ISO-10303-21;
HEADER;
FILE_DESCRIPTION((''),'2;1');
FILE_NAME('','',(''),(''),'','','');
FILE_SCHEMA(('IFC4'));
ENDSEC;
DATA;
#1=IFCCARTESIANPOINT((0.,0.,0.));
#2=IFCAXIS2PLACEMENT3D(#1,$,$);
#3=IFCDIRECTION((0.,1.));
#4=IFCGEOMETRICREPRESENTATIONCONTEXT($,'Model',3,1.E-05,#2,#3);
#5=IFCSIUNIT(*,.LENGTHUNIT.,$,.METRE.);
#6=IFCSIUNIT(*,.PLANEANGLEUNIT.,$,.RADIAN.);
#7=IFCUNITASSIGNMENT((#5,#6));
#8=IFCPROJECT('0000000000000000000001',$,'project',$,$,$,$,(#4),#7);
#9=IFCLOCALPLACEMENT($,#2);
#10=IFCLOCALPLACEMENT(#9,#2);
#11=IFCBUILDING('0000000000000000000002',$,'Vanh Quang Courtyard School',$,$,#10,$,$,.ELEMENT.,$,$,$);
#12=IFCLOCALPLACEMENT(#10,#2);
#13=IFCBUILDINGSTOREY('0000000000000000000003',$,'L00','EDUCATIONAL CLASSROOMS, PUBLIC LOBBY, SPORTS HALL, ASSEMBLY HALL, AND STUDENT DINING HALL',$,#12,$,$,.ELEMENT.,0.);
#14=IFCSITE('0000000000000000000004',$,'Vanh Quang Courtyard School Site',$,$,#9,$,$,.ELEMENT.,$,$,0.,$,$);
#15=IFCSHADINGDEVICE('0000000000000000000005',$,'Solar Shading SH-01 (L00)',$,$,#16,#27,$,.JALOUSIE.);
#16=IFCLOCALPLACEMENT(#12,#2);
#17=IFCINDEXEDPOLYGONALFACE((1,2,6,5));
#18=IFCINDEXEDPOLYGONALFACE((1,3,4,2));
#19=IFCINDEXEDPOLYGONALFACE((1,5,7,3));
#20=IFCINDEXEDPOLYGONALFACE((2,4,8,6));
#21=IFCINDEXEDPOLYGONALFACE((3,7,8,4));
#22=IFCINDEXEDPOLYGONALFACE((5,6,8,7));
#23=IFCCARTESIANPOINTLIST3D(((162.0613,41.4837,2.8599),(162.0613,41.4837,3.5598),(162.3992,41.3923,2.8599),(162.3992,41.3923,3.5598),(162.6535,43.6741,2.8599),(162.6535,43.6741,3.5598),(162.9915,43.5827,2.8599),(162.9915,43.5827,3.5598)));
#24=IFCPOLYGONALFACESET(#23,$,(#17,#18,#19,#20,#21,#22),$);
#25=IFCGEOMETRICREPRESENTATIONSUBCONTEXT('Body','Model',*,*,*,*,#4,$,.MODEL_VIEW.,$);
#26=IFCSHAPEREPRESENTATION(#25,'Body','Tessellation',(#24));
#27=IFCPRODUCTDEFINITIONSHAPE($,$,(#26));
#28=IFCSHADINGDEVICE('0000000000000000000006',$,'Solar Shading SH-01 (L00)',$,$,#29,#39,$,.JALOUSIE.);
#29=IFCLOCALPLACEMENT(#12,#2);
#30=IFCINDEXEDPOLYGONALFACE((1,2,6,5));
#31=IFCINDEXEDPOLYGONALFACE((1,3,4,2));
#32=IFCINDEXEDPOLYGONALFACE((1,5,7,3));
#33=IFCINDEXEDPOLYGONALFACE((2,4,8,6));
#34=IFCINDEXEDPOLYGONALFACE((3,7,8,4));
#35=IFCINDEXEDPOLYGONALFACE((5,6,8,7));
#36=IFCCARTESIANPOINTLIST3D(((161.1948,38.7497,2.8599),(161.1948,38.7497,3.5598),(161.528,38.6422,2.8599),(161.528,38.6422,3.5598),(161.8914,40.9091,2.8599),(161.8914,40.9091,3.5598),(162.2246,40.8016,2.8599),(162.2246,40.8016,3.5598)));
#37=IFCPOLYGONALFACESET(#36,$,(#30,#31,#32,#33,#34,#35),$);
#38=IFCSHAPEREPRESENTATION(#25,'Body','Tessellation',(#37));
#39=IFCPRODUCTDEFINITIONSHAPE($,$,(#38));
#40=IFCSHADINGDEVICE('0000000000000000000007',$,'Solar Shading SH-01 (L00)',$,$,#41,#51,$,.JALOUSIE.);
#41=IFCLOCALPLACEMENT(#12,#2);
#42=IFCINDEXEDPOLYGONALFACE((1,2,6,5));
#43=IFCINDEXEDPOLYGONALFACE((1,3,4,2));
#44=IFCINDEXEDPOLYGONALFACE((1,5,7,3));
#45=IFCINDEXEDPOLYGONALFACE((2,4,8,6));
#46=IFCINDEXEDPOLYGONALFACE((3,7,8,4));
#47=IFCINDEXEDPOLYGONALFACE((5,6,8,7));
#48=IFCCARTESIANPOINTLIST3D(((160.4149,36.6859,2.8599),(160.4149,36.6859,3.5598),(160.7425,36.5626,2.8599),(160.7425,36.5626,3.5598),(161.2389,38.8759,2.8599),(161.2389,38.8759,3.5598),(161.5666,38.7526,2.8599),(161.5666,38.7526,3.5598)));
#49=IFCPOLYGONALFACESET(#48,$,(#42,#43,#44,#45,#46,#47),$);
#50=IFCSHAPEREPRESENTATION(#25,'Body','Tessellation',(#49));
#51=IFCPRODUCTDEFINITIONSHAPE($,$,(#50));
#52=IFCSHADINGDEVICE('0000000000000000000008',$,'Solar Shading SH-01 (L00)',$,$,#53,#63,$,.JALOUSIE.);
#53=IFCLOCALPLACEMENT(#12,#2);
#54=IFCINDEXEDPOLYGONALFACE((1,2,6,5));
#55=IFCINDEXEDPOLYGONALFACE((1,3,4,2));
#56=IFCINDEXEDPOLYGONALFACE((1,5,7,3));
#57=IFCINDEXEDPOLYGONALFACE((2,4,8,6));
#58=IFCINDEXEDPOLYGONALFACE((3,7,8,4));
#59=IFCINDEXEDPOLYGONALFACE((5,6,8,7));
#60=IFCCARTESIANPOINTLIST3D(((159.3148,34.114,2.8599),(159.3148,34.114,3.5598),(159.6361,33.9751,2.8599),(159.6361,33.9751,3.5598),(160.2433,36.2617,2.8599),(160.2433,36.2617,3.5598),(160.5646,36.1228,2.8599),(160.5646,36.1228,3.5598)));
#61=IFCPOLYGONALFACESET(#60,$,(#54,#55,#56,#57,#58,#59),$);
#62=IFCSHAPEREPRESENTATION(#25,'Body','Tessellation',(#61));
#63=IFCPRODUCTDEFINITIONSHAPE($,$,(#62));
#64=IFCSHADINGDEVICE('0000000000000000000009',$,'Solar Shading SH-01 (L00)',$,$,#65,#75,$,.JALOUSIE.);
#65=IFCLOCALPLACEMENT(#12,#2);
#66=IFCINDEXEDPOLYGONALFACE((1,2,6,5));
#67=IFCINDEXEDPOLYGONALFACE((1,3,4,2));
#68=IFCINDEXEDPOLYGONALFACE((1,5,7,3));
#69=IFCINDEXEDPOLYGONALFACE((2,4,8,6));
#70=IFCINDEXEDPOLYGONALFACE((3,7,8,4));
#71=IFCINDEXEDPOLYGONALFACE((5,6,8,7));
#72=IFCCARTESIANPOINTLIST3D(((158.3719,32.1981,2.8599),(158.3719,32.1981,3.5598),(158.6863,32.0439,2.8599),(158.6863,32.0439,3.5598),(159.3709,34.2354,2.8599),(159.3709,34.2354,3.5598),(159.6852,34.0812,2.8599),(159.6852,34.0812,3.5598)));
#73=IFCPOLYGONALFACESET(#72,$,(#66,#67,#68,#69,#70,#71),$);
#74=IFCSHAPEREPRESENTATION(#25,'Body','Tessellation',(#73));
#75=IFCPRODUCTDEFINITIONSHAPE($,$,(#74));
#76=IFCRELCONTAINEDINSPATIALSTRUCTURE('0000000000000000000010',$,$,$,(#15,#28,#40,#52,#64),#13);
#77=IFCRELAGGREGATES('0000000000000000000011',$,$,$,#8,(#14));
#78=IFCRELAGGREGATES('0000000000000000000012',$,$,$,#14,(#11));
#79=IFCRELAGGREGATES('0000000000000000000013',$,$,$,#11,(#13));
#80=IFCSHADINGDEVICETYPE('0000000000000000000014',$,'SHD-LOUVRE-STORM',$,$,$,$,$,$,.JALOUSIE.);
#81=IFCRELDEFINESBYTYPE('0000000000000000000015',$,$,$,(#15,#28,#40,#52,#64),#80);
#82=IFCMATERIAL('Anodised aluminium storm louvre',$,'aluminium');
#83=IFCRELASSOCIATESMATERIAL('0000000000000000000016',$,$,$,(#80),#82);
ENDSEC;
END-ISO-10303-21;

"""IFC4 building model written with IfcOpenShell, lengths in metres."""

from ifc_helpers import new_model, si_unit, direction, frame, origin, origin_2d, place, context, subcontext, project, spatial, rectangle, extrude, material, type_object, element, save


model = new_model("IFC4")

# Units and contexts
model_context = context("Model", 3, precision=1e-05, world=origin(), true_north=direction((0.0, 1.0)))
body_context = subcontext(model_context, "Body", "Model", "MODEL_VIEW")
ifc_project = project(units=[si_unit("LENGTHUNIT", "METRE"), si_unit("PLANEANGLEUNIT", "RADIAN")], contexts=[model_context])

# Site, building, storey
site_placement = place(None, origin())
site = spatial("IfcSite", under=ifc_project, at=site_placement, Name="Vanh Quang Courtyard School Site", CompositionType="ELEMENT", RefElevation=0.0)
building_placement = place(site_placement, origin())
building = spatial("IfcBuilding", under=site, at=building_placement, Name="Vanh Quang Courtyard School", CompositionType="ELEMENT")
storey_placement = place(building_placement, origin())
storey = spatial("IfcBuildingStorey", under=building, at=storey_placement, Name="L00", Description="EDUCATIONAL CLASSROOMS, PUBLIC LOBBY, SPORTS HALL, ASSEMBLY HALL, AND STUDENT DINING HALL", CompositionType="ELEMENT", Elevation=0.0)

# Shading devices
ifc_material_1 = material(Name="Anodised aluminium storm louvre", Category="aluminium")
shading_device_type = type_object("IfcShadingDeviceType", Name="SHD-LOUVRE-STORM", PredefinedType="JALOUSIE", material=ifc_material_1)
for number, where, z_axis, x_axis, name in (
    (1, (162.5264, 42.5332, 2.8599), (0.0, 0.0, 1.0), (-0.26101, -0.965336, 0.0), "Solar Shading SH-01 (L00)"),
    (2, (161.7097, 39.7756, 2.8599), (0.0, 0.0, 1.0), (-0.307024, -0.951702, 0.0), "Solar Shading SH-01 (L00)"),
):
    element("IfcShadingDevice", number, at=place(storey_placement, frame(where, z_axis=z_axis, x_axis=x_axis)), inside=storey, type_object=shading_device_type, Name=name, PredefinedType="JALOUSIE", context=body_context, shape_type="SweptSolid", body=[
        extrude(rectangle(XDim=2.269, YDim=0.3501, at=origin_2d()), origin(), (0.0, 0.0, 1.0), 0.7),
    ])
for number, where, z_axis, x_axis, name in (
    (3, (160.9907, 37.7192, 2.8599), (0.0, 0.0, 1.0), (-0.352168, -0.935937, 0.0), "Solar Shading SH-01 (L00)"),
    (4, (159.9397, 35.1184, 2.8599), (0.0, 0.0, 1.0), (-0.396828, -0.917893, 0.0), "Solar Shading SH-01 (L00)"),
):
    element("IfcShadingDevice", number, at=place(storey_placement, frame(where, z_axis=z_axis, x_axis=x_axis)), inside=storey, type_object=shading_device_type, Name=name, PredefinedType="JALOUSIE", context=body_context, shape_type="SweptSolid", body=[
        extrude(rectangle(XDim=2.3398, YDim=0.3501, at=origin_2d()), origin(), (0.0, 0.0, 1.0), 0.7),
    ])
shading_device_1_placement = place(storey_placement, frame((159.0286, 33.1396, 2.8599), z_axis=(0.0, 0.0, 1.0), x_axis=(-0.440253, -0.897874, 0.0)))
element("IfcShadingDevice", 5, at=shading_device_1_placement, inside=storey, type_object=shading_device_type, Name="Solar Shading SH-01 (L00)", PredefinedType="JALOUSIE", context=body_context, shape_type="SweptSolid", body=[
    extrude(rectangle(XDim=2.269, YDim=0.3501, at=origin_2d()), origin(), (0.0, 0.0, 1.0), 0.7),
])

save(model, "model.ifc")
